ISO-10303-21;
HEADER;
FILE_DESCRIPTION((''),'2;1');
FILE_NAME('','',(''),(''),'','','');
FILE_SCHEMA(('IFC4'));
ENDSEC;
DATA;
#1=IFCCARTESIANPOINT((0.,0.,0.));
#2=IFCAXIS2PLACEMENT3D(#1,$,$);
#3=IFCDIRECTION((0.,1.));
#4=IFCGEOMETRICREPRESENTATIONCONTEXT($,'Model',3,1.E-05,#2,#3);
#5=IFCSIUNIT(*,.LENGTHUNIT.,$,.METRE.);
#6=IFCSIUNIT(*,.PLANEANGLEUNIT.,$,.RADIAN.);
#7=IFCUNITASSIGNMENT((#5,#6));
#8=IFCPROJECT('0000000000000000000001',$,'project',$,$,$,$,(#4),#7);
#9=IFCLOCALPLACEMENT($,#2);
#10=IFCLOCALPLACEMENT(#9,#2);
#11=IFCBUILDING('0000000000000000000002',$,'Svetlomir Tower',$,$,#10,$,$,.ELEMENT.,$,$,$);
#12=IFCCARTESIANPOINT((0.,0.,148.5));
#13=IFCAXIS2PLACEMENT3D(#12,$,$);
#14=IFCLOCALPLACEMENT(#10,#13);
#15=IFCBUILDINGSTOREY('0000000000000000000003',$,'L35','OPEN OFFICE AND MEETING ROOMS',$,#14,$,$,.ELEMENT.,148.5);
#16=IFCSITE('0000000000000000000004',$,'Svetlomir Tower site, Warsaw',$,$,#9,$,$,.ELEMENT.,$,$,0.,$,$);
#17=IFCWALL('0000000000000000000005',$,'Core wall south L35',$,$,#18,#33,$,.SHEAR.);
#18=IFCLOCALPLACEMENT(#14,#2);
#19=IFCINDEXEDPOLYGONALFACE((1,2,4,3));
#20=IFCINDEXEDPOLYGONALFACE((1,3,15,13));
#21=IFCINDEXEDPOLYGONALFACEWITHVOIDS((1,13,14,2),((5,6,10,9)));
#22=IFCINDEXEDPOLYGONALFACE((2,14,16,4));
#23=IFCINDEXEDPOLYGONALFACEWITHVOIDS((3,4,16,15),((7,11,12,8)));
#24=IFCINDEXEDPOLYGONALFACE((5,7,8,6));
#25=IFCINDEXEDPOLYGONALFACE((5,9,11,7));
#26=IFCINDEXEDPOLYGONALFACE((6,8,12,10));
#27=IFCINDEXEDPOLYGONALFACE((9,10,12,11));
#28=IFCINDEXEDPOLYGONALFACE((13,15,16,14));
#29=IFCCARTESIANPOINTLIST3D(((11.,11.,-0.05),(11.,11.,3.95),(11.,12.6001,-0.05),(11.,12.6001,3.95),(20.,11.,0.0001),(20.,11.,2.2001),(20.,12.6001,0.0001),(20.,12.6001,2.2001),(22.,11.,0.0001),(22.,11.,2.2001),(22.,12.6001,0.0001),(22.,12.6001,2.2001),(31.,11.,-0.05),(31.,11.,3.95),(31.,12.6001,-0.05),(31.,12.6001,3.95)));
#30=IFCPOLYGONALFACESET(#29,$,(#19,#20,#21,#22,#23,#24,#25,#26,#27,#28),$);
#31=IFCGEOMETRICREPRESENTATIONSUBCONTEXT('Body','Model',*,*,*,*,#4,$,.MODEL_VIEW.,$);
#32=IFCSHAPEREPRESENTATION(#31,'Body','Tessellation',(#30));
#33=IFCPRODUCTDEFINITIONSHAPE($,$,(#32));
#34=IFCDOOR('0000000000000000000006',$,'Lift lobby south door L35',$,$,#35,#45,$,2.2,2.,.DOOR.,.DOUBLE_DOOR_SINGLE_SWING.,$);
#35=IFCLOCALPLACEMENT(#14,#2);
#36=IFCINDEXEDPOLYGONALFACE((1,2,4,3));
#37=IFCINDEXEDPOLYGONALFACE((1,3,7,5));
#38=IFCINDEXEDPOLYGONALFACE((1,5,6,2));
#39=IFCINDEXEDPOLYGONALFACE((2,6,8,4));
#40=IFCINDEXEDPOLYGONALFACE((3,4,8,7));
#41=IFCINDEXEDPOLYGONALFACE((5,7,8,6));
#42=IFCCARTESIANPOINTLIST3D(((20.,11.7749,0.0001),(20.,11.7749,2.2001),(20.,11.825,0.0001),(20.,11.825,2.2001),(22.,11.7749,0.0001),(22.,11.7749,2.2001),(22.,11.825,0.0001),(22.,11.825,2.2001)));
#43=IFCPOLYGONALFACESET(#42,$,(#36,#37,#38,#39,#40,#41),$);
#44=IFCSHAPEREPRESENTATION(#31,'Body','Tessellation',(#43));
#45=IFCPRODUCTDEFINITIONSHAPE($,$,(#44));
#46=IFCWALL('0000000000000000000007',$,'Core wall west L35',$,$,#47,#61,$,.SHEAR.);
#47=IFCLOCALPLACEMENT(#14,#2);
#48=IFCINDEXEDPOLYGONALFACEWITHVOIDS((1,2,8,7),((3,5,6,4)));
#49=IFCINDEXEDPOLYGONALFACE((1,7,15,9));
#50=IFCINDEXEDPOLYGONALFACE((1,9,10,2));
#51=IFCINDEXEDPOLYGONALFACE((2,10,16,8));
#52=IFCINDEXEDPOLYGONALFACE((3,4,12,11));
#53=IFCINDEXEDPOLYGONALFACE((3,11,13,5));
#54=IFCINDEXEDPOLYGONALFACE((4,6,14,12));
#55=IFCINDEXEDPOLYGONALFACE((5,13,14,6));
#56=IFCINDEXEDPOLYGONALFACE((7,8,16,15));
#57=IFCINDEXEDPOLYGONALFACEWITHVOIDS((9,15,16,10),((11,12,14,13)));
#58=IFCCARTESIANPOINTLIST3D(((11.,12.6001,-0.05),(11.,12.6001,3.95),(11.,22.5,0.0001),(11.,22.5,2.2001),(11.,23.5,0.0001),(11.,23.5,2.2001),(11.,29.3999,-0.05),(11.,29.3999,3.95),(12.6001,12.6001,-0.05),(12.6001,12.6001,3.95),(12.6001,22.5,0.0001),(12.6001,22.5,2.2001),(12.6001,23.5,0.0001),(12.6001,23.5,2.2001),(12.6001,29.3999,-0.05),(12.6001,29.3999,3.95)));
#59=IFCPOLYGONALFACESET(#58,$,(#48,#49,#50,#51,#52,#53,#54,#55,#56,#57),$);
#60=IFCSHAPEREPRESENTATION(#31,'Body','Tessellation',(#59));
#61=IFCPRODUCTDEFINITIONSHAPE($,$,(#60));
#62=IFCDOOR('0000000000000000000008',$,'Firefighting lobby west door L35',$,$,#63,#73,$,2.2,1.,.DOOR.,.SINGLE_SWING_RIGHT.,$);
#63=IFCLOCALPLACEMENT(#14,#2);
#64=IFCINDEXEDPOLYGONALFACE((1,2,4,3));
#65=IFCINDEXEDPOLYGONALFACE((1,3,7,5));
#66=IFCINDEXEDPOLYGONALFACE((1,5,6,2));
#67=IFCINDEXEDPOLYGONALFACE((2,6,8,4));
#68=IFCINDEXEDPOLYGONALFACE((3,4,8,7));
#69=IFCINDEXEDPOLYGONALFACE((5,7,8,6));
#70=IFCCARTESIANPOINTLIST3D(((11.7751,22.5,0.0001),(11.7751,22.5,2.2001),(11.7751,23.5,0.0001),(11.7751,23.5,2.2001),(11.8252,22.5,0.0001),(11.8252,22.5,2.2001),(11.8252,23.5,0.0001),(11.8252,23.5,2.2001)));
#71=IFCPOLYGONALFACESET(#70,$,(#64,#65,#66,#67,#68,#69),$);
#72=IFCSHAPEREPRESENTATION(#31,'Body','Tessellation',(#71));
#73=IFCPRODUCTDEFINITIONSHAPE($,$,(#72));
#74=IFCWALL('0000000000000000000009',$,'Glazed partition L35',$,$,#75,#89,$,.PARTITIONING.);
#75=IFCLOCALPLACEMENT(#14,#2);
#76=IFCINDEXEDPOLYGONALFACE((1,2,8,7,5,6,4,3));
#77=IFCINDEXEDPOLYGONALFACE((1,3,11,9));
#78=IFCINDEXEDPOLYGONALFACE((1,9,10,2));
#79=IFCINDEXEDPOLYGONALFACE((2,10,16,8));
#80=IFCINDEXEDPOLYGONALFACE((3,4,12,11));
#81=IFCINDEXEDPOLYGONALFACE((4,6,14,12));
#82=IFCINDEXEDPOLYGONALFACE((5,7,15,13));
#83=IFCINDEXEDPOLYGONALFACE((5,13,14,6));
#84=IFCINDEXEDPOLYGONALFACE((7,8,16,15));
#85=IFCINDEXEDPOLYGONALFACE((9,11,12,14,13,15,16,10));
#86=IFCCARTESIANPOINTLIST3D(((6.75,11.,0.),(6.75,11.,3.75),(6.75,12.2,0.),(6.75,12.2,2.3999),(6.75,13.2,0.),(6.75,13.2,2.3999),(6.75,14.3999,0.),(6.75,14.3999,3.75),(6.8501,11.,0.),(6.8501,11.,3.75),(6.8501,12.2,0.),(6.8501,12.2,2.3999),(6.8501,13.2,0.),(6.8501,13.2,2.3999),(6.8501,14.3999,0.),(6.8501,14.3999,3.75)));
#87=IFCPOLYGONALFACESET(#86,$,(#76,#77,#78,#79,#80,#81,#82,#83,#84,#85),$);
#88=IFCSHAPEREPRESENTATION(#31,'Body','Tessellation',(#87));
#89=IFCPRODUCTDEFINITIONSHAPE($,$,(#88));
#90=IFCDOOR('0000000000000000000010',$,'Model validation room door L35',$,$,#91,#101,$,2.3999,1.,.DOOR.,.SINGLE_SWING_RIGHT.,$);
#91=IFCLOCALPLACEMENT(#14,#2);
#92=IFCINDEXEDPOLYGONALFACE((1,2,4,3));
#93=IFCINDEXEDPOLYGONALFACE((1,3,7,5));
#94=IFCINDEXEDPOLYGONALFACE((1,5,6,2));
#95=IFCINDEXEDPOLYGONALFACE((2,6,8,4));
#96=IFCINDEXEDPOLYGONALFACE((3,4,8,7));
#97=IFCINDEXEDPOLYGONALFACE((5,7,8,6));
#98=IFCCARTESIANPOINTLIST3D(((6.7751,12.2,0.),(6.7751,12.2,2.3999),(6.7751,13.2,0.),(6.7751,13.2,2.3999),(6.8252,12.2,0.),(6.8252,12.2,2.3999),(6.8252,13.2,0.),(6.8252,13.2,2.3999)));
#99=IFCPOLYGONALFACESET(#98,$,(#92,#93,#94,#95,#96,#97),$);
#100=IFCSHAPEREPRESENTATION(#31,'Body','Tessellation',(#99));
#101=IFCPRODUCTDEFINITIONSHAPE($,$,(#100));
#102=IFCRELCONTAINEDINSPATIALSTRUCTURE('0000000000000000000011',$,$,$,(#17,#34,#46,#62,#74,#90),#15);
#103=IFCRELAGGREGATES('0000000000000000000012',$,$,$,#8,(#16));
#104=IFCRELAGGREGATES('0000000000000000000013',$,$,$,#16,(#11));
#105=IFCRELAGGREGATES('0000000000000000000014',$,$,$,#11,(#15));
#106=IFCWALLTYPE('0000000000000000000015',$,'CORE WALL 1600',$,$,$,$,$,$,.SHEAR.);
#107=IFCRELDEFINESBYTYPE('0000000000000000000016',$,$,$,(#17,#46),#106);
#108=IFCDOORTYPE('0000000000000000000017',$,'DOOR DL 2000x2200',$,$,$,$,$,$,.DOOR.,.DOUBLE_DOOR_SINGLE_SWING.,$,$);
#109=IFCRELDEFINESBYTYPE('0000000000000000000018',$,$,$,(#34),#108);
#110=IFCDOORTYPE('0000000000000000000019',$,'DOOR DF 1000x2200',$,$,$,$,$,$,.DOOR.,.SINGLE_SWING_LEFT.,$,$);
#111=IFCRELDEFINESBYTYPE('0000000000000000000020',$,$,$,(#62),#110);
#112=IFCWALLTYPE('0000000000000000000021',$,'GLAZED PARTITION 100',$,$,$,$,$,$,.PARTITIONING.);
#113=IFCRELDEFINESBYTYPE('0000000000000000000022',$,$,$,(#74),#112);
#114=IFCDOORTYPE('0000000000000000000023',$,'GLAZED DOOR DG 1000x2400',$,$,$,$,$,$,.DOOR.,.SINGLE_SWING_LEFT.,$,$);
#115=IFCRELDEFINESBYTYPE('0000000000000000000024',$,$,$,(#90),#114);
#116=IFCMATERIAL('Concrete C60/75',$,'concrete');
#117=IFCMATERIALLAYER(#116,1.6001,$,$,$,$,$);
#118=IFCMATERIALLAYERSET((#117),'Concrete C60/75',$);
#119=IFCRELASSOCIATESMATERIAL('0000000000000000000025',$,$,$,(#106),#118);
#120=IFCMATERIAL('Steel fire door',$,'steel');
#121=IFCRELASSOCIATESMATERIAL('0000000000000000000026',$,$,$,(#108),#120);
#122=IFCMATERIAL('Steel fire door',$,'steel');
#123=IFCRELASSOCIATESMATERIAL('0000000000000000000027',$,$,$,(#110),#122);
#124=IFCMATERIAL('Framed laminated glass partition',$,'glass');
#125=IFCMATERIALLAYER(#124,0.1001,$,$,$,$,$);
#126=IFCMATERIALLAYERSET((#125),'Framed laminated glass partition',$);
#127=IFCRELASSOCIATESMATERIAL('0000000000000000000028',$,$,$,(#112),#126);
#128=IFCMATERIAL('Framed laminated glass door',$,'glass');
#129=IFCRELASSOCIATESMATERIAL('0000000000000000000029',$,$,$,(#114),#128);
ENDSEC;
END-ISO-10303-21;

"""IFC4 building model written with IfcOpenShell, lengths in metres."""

from ifc_helpers import new_model, si_unit, direction, frame, frame_2d, origin, place, context, subcontext, project, spatial, rectangle, extrude, material, layer, layer_set, type_object, element, fill, save


model = new_model("IFC4")

# Units and contexts
model_context = context("Model", 3, precision=1e-05, world=origin(), true_north=direction((0.0, 1.0)))
body_context = subcontext(model_context, "Body", "Model", "MODEL_VIEW")
ifc_project = project(units=[si_unit("LENGTHUNIT", "METRE"), si_unit("PLANEANGLEUNIT", "RADIAN")], contexts=[model_context])

# Site, building, storey
site_placement = place(None, origin())
site = spatial("IfcSite", under=ifc_project, at=site_placement, Name="Svetlomir Tower site, Warsaw", CompositionType="ELEMENT", RefElevation=0.0)
building_placement = place(site_placement, origin())
building = spatial("IfcBuilding", under=site, at=building_placement, Name="Svetlomir Tower", CompositionType="ELEMENT")
storey_placement = place(building_placement, frame((0.0, 0.0, 148.5)))
storey = spatial("IfcBuildingStorey", under=building, at=storey_placement, Name="L35", Description="OPEN OFFICE AND MEETING ROOMS", CompositionType="ELEMENT", Elevation=148.5)

# Walls, openings, doors
ifc_material_1 = material(Name="Concrete C60/75", Category="concrete")
ifc_layer_1 = layer(ifc_material_1, 1.6001)
ifc_layer_set_1 = layer_set([ifc_layer_1], Name="Concrete C60/75")
wall_type_1 = type_object("IfcWallType", Name="CORE WALL 1600", PredefinedType="SHEAR", material=ifc_layer_set_1)
wall_1_placement = place(storey_placement, frame((11.0, 11.8, -0.05), z_axis=(0.0, 0.0, 1.0), x_axis=(1.0, 0.0, 0.0)))
wall_1 = element("IfcWall", 1, at=wall_1_placement, inside=storey, type_object=wall_type_1, Name="Core wall south L35", PredefinedType="SHEAR", context=body_context, shape_type="SweptSolid", body=[
    extrude(rectangle(XDim=20.0, YDim=1.6001, at=frame_2d((10.0, 0.0))), origin(), (0.0, 0.0, 1.0), 4.0),
])
opening_1_placement = place(wall_1_placement, frame((9.0, 0.0, 0.05)))
opening_1 = element("IfcOpeningElement", 2, at=opening_1_placement, cuts=wall_1, PredefinedType="OPENING", context=body_context, shape_type="SweptSolid", body=[
    extrude(rectangle(XDim=2.0, YDim=2.2, at=frame_2d((1.0, 1.1001))), frame((0.0, 0.8101, 0.0), z_axis=(0.0, -1.0, 0.0), x_axis=(1.0, 0.0, 0.0)), (0.0, 0.0, 1.0), 1.6201),
])
ifc_material_2 = material(Name="Steel fire door", Category="steel")
door_type_1 = type_object("IfcDoorType", Name="DOOR DL 2000x2200", OperationType="DOUBLE_DOOR_SINGLE_SWING", PredefinedType="DOOR", material=ifc_material_2)
door_1_placement = place(opening_1_placement, origin())
door_1 = element("IfcDoor", 3, at=door_1_placement, inside=storey, type_object=door_type_1, Name="Lift lobby south door L35", OperationType="DOUBLE_DOOR_SINGLE_SWING", OverallHeight=2.2, OverallWidth=2.0, PredefinedType="DOOR", context=body_context, shape_type="SweptSolid", body=[
    extrude(rectangle(XDim=2.0, YDim=2.2, at=frame_2d((1.0, 1.1001))), frame((0.0, 0.0249, 0.0), z_axis=(0.0, -1.0, 0.0), x_axis=(1.0, 0.0, 0.0)), (0.0, 0.0, 1.0), 0.05),
])
fill(opening_1, door_1)
wall_2_placement = place(storey_placement, frame((11.8, 12.6001, -0.05), z_axis=(0.0, 0.0, 1.0), x_axis=(0.0, 1.0, 0.0)))
wall_2 = element("IfcWall", 4, at=wall_2_placement, inside=storey, type_object=wall_type_1, Name="Core wall west L35", PredefinedType="SHEAR", context=body_context, shape_type="SweptSolid", body=[
    extrude(rectangle(XDim=16.7998, YDim=1.6001, at=frame_2d((8.3999, 0.0))), origin(), (0.0, 0.0, 1.0), 4.0),
])
opening_2_placement = place(wall_2_placement, frame((9.8999, 0.0, 0.05)))
opening_2 = element("IfcOpeningElement", 5, at=opening_2_placement, cuts=wall_2, PredefinedType="OPENING", context=body_context, shape_type="SweptSolid", body=[
    extrude(rectangle(XDim=1.0, YDim=2.2, at=frame_2d((0.5, 1.1001))), frame((0.0, 0.8101, 0.0), z_axis=(0.0, -1.0, 0.0), x_axis=(1.0, 0.0, 0.0)), (0.0, 0.0, 1.0), 1.6201),
])
ifc_material_3 = material(Name="Steel fire door", Category="steel")
door_type_2 = type_object("IfcDoorType", Name="DOOR DF 1000x2200", OperationType="SINGLE_SWING_LEFT", PredefinedType="DOOR", material=ifc_material_3)
door_2_placement = place(opening_2_placement, origin())
door_2 = element("IfcDoor", 6, at=door_2_placement, inside=storey, type_object=door_type_2, Name="Firefighting lobby west door L35", OperationType="SINGLE_SWING_RIGHT", OverallHeight=2.2, OverallWidth=1.0, PredefinedType="DOOR", context=body_context, shape_type="SweptSolid", body=[
    extrude(rectangle(XDim=1.0, YDim=2.2, at=frame_2d((0.5, 1.1001))), frame((0.0, 0.0249, 0.0), z_axis=(0.0, -1.0, 0.0), x_axis=(1.0, 0.0, 0.0)), (0.0, 0.0, 1.0), 0.05),
])
fill(opening_2, door_2)
ifc_material_4 = material(Name="Framed laminated glass partition", Category="glass")
ifc_layer_2 = layer(ifc_material_4, 0.1001)
ifc_layer_set_2 = layer_set([ifc_layer_2], Name="Framed laminated glass partition")
wall_type_2 = type_object("IfcWallType", Name="GLAZED PARTITION 100", PredefinedType="PARTITIONING", material=ifc_layer_set_2)
wall_3_placement = place(storey_placement, frame((6.8, 11.0, 0.0), z_axis=(0.0, 0.0, 1.0), x_axis=(0.0, 1.0, 0.0)))
wall_3 = element("IfcWall", 7, at=wall_3_placement, inside=storey, type_object=wall_type_2, Name="Glazed partition L35", PredefinedType="PARTITIONING", context=body_context, shape_type="SweptSolid", body=[
    extrude(rectangle(XDim=3.3999, YDim=0.1001, at=frame_2d((1.7, 0.0))), origin(), (0.0, 0.0, 1.0), 3.75),
])
opening_3_placement = place(wall_3_placement, frame((1.2, 0.0, 0.0)))
opening_3 = element("IfcOpeningElement", 8, at=opening_3_placement, cuts=wall_3, PredefinedType="OPENING", context=body_context, shape_type="SweptSolid", body=[
    extrude(rectangle(XDim=1.0, YDim=2.3999, at=frame_2d((0.5, 1.2))), frame((0.0, 0.0601, 0.0), z_axis=(0.0, -1.0, 0.0), x_axis=(1.0, 0.0, 0.0)), (0.0, 0.0, 1.0), 0.1201),
])
ifc_material_5 = material(Name="Framed laminated glass door", Category="glass")
door_type_3 = type_object("IfcDoorType", Name="GLAZED DOOR DG 1000x2400", OperationType="SINGLE_SWING_LEFT", PredefinedType="DOOR", material=ifc_material_5)
door_3_placement = place(opening_3_placement, origin())
door_3 = element("IfcDoor", 9, at=door_3_placement, inside=storey, type_object=door_type_3, Name="Model validation room door L35", OperationType="SINGLE_SWING_RIGHT", OverallHeight=2.3999, OverallWidth=1.0, PredefinedType="DOOR", context=body_context, shape_type="SweptSolid", body=[
    extrude(rectangle(XDim=1.0, YDim=2.3999, at=frame_2d((0.5, 1.2))), frame((0.0, 0.0249, 0.0), z_axis=(0.0, -1.0, 0.0), x_axis=(1.0, 0.0, 0.0)), (0.0, 0.0, 1.0), 0.05),
])
fill(opening_3, door_3)

save(model, "model.ifc")
